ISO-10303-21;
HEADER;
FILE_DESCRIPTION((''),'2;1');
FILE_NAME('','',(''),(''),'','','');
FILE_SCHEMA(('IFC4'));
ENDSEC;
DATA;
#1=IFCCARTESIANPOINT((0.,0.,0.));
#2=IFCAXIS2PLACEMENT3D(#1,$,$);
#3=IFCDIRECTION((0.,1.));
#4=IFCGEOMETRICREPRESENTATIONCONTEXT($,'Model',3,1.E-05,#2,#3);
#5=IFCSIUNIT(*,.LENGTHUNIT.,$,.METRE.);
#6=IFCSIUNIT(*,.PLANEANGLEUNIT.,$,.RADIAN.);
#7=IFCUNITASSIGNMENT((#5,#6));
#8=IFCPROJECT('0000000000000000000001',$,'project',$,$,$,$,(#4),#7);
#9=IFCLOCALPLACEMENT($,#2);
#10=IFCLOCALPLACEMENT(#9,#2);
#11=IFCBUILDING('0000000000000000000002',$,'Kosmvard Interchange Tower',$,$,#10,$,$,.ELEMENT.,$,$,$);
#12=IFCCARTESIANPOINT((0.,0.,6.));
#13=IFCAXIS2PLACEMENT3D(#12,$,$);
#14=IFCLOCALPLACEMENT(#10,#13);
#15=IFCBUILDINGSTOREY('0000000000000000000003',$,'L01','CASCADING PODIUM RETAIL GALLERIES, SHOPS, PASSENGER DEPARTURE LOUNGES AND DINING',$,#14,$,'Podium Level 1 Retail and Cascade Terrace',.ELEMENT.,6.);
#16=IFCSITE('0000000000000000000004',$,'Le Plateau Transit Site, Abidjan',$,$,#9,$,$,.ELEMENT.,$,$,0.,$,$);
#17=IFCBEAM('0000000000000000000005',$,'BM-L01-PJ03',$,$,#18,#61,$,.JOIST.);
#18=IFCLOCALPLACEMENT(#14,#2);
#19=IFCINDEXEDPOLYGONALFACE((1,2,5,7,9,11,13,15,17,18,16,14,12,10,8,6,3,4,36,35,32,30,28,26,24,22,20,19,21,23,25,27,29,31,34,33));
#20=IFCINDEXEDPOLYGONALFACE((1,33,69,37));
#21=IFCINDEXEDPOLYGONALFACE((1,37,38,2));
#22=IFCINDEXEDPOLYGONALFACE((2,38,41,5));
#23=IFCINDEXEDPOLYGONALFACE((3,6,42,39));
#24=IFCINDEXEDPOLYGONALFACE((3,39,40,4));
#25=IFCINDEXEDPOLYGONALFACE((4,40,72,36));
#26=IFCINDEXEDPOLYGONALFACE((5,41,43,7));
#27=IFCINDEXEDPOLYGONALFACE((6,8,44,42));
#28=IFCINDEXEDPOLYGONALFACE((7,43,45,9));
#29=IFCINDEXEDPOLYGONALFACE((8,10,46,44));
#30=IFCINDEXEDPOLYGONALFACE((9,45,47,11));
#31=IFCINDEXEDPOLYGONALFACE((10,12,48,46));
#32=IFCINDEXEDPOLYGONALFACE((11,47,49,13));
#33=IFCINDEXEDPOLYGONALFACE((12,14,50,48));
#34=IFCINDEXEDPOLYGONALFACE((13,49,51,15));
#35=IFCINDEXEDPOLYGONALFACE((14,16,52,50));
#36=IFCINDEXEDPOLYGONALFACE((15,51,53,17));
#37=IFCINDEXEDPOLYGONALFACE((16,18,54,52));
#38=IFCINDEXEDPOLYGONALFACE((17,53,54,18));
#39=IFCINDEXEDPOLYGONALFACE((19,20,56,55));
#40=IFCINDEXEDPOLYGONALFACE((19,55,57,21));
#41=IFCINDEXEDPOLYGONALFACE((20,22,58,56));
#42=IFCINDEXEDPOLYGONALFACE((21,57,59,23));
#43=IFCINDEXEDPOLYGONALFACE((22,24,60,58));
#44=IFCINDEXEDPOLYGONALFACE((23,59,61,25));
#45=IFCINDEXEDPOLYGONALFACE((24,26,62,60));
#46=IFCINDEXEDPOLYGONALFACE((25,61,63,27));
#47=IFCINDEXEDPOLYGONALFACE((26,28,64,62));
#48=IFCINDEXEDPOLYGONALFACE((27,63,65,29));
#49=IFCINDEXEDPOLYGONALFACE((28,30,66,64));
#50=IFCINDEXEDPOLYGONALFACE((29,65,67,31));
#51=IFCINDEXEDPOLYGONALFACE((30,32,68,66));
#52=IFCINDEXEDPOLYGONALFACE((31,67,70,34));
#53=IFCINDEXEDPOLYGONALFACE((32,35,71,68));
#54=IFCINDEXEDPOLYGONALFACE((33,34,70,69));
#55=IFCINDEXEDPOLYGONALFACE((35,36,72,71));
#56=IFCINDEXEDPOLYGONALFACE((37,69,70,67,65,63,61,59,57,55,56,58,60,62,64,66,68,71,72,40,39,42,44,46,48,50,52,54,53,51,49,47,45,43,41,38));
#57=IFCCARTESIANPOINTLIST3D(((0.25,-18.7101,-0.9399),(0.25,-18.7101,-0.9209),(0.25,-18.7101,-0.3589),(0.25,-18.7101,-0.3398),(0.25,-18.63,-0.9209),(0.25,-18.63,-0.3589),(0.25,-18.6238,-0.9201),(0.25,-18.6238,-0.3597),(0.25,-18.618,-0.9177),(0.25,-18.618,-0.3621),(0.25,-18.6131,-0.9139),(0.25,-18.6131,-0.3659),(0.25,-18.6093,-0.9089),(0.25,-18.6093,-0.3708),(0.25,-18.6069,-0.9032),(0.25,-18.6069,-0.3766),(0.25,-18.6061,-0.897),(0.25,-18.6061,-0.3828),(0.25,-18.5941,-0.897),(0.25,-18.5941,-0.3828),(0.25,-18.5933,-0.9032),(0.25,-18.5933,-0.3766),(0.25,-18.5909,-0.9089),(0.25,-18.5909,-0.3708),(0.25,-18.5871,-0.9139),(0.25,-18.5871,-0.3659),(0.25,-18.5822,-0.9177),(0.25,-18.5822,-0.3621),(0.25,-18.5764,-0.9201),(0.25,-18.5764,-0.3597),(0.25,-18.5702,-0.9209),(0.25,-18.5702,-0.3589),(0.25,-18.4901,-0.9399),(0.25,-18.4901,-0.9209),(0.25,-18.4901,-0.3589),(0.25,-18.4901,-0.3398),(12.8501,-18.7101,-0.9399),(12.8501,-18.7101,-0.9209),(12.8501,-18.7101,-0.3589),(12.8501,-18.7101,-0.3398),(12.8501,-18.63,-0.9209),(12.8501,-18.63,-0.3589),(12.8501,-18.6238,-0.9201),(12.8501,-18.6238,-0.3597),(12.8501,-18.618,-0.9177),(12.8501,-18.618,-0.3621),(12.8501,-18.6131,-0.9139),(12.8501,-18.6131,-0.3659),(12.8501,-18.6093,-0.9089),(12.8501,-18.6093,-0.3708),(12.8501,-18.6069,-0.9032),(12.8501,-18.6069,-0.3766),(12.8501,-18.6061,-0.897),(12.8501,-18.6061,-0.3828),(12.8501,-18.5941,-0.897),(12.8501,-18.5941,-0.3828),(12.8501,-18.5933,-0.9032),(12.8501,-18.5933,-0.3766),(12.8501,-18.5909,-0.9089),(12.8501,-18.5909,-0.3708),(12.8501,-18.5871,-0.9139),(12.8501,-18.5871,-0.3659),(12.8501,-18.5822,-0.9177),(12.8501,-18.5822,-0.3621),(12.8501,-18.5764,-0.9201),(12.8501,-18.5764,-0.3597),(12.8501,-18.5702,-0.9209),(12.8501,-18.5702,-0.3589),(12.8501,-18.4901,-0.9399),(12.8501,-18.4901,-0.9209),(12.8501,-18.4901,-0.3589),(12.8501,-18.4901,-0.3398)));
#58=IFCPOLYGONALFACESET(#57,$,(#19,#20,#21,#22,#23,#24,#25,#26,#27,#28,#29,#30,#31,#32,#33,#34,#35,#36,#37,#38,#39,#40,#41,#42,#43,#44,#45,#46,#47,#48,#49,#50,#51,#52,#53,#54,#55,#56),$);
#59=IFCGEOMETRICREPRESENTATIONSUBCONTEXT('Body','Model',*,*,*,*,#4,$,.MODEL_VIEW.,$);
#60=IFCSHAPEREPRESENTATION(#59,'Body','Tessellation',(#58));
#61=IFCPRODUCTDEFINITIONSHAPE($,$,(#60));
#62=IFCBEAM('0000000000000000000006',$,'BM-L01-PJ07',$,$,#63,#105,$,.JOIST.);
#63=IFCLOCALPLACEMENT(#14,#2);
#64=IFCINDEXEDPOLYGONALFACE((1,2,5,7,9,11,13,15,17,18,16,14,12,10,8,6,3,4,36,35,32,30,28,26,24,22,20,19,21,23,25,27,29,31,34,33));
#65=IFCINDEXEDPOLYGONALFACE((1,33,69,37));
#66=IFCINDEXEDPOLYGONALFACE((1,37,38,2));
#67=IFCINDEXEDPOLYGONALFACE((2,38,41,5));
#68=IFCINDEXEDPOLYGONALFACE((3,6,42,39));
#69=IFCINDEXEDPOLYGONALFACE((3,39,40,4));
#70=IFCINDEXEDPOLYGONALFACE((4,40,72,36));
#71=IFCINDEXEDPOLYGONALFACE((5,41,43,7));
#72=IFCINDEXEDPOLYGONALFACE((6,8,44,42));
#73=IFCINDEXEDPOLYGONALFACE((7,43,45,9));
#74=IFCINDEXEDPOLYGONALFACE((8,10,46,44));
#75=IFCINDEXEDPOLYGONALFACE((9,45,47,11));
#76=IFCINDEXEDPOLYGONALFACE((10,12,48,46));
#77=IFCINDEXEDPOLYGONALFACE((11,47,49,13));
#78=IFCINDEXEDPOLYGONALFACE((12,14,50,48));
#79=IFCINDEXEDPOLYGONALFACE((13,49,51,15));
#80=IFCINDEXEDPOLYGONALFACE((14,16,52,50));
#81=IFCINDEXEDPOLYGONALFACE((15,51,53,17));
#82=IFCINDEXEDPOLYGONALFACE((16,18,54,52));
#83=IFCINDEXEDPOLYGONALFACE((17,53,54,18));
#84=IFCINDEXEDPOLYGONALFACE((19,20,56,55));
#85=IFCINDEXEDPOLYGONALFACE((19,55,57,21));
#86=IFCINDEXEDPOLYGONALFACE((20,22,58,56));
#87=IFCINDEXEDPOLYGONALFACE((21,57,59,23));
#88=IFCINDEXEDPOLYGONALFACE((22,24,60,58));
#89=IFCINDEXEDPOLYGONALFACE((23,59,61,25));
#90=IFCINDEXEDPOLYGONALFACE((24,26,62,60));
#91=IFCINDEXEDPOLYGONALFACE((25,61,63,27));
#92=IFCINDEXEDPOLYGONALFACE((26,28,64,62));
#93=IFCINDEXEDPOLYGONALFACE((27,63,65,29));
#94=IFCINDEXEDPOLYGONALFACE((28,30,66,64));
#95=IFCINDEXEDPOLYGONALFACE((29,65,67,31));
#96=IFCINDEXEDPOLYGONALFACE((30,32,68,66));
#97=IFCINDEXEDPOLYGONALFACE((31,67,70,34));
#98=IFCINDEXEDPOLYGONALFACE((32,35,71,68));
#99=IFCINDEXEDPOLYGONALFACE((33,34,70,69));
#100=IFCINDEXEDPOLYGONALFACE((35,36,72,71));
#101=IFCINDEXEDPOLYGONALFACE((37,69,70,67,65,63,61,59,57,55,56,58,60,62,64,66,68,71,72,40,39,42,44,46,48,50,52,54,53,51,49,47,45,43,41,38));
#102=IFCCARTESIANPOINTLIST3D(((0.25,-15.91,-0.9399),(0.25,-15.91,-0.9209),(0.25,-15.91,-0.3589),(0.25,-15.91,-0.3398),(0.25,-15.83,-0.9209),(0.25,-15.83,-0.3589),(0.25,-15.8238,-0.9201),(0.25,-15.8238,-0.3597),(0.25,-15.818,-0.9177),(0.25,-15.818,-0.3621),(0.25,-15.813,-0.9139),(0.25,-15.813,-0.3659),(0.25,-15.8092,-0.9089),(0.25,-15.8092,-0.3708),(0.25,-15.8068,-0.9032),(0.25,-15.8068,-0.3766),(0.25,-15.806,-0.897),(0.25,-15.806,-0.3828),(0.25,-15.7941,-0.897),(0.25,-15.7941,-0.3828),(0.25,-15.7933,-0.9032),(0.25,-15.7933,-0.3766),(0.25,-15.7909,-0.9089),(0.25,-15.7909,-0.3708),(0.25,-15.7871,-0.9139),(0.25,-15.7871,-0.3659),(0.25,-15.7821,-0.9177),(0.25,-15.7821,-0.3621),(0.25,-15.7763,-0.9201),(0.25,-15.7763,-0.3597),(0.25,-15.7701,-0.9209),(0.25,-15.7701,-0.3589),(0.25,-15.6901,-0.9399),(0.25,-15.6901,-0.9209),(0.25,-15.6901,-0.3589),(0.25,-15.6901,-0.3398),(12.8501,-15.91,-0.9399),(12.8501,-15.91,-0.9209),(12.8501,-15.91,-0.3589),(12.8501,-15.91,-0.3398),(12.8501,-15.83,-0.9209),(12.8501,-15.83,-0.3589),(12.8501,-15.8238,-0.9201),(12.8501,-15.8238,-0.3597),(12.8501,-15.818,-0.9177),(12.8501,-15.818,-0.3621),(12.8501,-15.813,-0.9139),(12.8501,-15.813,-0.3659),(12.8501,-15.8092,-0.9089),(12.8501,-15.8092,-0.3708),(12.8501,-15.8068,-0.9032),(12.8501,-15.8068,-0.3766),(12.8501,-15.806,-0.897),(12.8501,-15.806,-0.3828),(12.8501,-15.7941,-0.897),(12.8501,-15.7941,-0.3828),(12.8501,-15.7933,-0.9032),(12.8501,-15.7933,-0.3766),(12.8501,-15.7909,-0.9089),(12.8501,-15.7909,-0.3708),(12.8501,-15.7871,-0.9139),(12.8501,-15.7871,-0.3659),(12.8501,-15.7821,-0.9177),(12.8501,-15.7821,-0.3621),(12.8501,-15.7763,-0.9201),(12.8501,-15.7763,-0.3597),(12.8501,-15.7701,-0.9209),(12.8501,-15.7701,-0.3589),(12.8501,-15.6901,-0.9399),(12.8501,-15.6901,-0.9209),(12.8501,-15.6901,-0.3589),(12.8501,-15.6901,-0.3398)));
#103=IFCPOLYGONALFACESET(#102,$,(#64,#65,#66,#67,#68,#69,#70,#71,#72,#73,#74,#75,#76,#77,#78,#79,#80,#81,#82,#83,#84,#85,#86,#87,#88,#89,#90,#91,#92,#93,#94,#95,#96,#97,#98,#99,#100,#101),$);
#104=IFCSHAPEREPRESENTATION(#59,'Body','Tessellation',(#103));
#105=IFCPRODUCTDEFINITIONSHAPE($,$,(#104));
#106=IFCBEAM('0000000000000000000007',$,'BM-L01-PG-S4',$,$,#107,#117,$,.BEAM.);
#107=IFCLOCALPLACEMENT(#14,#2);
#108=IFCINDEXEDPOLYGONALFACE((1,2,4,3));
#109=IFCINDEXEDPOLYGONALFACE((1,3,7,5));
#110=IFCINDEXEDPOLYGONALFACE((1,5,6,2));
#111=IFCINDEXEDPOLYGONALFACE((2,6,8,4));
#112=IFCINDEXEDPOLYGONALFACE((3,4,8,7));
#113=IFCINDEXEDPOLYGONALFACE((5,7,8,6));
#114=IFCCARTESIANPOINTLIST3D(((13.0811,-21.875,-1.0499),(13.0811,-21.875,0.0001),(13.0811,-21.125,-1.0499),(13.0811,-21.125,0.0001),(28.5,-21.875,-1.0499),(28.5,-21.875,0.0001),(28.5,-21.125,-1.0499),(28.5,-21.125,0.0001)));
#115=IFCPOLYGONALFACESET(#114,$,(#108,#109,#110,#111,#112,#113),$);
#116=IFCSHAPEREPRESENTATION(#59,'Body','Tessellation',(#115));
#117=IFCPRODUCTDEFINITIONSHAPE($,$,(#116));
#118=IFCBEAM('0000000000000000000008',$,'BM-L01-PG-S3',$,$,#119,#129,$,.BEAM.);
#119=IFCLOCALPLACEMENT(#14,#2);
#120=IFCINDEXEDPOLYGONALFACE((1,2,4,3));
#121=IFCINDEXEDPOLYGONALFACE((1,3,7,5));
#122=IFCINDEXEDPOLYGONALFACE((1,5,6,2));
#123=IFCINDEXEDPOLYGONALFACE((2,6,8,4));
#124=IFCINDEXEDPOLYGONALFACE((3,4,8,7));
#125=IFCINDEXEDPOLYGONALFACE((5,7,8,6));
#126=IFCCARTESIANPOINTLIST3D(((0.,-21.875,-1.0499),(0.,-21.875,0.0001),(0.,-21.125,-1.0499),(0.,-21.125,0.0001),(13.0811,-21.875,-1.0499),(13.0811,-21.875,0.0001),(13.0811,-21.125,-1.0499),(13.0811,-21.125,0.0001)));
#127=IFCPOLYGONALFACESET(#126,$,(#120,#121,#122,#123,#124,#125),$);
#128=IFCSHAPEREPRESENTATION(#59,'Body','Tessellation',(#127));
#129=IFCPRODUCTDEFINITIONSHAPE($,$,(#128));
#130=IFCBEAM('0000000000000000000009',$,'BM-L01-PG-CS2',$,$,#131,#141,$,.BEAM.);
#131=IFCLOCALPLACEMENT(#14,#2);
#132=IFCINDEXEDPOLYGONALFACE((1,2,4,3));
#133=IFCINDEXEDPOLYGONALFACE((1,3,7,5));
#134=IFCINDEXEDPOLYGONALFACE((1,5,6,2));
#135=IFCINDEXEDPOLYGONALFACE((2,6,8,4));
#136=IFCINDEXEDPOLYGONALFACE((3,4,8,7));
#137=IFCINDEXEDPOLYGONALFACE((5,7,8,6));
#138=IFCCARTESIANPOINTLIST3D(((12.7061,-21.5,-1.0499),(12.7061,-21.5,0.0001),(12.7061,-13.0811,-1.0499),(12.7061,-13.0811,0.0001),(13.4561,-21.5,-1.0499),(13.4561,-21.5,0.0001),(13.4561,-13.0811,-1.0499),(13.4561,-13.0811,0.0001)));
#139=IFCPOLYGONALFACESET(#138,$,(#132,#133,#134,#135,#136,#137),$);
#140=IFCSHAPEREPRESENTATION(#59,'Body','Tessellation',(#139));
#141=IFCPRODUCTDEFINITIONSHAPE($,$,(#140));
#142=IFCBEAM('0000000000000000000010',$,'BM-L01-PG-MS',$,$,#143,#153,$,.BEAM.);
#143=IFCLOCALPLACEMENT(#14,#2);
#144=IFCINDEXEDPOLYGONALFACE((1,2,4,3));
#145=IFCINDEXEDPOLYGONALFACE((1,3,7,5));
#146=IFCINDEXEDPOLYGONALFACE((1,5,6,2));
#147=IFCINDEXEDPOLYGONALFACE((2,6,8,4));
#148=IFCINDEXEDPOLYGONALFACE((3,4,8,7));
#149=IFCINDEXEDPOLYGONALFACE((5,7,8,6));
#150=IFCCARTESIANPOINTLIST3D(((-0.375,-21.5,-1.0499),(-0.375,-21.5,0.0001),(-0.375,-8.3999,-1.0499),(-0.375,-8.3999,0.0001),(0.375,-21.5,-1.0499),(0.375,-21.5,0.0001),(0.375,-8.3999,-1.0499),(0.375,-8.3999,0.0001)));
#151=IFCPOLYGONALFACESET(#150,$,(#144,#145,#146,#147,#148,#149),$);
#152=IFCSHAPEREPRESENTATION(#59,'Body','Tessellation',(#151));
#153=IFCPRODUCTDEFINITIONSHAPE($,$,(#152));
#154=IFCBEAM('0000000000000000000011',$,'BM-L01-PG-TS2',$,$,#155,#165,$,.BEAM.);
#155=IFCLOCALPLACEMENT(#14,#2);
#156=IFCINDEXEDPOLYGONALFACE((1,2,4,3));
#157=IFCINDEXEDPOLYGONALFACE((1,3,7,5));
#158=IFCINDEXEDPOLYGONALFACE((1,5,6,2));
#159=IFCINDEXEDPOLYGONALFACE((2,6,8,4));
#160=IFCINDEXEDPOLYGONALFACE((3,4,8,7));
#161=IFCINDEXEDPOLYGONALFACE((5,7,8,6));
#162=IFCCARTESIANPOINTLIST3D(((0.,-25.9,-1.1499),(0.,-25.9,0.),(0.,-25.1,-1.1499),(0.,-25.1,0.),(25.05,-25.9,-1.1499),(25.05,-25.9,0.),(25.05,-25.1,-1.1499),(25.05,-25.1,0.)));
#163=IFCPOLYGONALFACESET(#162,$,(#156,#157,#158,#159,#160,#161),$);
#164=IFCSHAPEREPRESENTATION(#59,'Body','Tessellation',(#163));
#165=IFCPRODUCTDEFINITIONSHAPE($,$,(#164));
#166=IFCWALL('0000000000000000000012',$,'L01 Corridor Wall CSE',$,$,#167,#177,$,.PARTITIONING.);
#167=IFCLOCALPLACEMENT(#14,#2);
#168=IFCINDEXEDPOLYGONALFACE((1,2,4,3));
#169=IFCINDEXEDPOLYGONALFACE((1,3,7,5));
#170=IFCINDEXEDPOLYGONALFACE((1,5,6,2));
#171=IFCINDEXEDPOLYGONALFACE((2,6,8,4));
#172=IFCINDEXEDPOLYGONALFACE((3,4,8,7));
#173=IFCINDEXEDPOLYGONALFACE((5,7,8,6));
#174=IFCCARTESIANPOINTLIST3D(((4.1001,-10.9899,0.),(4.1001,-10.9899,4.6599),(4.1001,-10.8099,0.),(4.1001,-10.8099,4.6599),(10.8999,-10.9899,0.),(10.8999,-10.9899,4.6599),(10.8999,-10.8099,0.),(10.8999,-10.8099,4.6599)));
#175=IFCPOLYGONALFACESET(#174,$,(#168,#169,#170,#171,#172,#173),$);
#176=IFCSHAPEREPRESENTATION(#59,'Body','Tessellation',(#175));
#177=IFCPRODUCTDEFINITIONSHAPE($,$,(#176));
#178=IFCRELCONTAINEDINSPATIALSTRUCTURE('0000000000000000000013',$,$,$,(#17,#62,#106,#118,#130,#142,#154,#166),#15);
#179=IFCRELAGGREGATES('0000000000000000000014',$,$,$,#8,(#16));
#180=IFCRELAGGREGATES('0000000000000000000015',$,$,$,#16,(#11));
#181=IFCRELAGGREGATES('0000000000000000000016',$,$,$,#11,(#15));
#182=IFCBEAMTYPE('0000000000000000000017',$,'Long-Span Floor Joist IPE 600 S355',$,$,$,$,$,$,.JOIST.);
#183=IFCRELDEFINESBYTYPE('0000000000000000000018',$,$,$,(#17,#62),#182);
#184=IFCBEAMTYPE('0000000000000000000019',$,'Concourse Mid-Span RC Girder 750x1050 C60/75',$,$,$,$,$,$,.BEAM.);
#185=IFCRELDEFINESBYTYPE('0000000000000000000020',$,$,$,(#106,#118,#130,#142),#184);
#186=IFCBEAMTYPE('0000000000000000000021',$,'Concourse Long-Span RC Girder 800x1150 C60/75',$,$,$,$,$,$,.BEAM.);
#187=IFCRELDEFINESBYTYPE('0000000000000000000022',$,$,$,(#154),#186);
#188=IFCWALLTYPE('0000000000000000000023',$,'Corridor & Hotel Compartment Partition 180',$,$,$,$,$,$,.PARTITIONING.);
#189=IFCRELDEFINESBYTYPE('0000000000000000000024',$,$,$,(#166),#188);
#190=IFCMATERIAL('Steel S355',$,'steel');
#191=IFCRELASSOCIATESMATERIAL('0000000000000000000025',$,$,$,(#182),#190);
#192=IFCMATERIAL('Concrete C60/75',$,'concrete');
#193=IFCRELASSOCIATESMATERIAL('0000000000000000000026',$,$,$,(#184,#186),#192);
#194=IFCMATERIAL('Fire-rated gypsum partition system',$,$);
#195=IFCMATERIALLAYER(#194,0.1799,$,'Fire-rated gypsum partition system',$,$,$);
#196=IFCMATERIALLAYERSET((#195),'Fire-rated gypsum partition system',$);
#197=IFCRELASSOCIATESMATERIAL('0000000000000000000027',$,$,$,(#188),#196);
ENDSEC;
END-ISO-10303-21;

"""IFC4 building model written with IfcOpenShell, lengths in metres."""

from ifc_helpers import new_model, si_unit, direction, frame, frame_2d, origin, origin_2d, place, context, subcontext, project, spatial, rectangle, i_section, extrude, source, transform, mapped, material, layer, layer_set, material_profile, profile_set, type_object, element, save


model = new_model("IFC4")

# Units and contexts
model_context = context("Model", 3, precision=1e-05, world=origin(), true_north=direction((0.0, 1.0)))
body_context = subcontext(model_context, "Body", "Model", "MODEL_VIEW")
ifc_project = project(units=[si_unit("LENGTHUNIT", "METRE"), si_unit("PLANEANGLEUNIT", "RADIAN")], contexts=[model_context])

# Site, building, storey
site_placement = place(None, origin())
site = spatial("IfcSite", under=ifc_project, at=site_placement, Name="Le Plateau Transit Site, Abidjan", CompositionType="ELEMENT", RefElevation=0.0)
building_placement = place(site_placement, origin())
building = spatial("IfcBuilding", under=site, at=building_placement, Name="Kosmvard Interchange Tower", CompositionType="ELEMENT")
storey_placement = place(building_placement, frame((0.0, 0.0, 6.0)))
storey = spatial("IfcBuildingStorey", under=building, at=storey_placement, Name="L01", Description="CASCADING PODIUM RETAIL GALLERIES, SHOPS, PASSENGER DEPARTURE LOUNGES AND DINING", LongName="Podium Level 1 Retail and Cascade Terrace", CompositionType="ELEMENT", Elevation=6.0)

# Shared definitions
ifc_material_1 = material(Name="Concrete C60/75", Category="concrete")

# Beams
ifc_material_2 = material(Name="Steel S355", Category="steel")
ifc_material_profile_1 = material_profile(ifc_material_2, i_section(OverallWidth=0.22, OverallDepth=0.6001, WebThickness=0.012, FlangeThickness=0.019, FilletRadius=0.0239, at=origin_2d()), Name="IPE 600")
ifc_profile_set_1 = profile_set([ifc_material_profile_1], Name="Steel S355")
beam_type_1 = type_object("IfcBeamType", Name="Long-Span Floor Joist IPE 600 S355", PredefinedType="JOIST", material=ifc_profile_set_1)
shared_shape_1 = source(origin(), body_context, "Body", "SweptSolid", [
    extrude(i_section(OverallWidth=0.22, OverallDepth=0.6001, WebThickness=0.012, FlangeThickness=0.019, FilletRadius=0.0239, at=origin_2d()), origin(), (0.0, 0.0, 1.0), 12.6001),
])
for number, where, z_axis, x_axis, name in (
    (1, (0.25, -18.6001, -0.6399), (1.0, 0.0, 0.0), (0.0, 1.0, 0.0), "BM-L01-PJ03"),
    (2, (0.25, -15.8, -0.6399), (1.0, 0.0, 0.0), (0.0, 1.0, 0.0), "BM-L01-PJ07"),
):
    element("IfcBeam", number, at=place(storey_placement, frame(where, z_axis=z_axis, x_axis=x_axis)), inside=storey, type_object=beam_type_1, Name=name, PredefinedType="JOIST", context=body_context, shape_type="MappedRepresentation", body=[
        mapped(shared_shape_1, transform((0.0, 0.0, 0.0), scale=1.0)),
    ])
ifc_material_profile_2 = material_profile(ifc_material_1, rectangle(XDim=0.75, YDim=1.05, at=origin_2d()), Name="RCG 750x1050")
ifc_profile_set_2 = profile_set([ifc_material_profile_2], Name="Concrete C60/75")
beam_type_2 = type_object("IfcBeamType", Name="Concourse Mid-Span RC Girder 750x1050 C60/75", PredefinedType="BEAM", material=ifc_profile_set_2)
shared_shape_2 = source(origin(), body_context, "Body", "SweptSolid", [
    extrude(rectangle(XDim=0.75, YDim=1.05, at=origin_2d()), origin(), (0.0, 0.0, 1.0), 15.4189),
])
beam_1_placement = place(storey_placement, frame((13.0811, -21.5, -0.5249), z_axis=(1.0, 0.0, 0.0), x_axis=(0.0, 1.0, 0.0)))
element("IfcBeam", 3, at=beam_1_placement, inside=storey, type_object=beam_type_2, Name="BM-L01-PG-S4", PredefinedType="BEAM", context=body_context, shape_type="MappedRepresentation", body=[
    mapped(shared_shape_2, transform((0.0, 0.0, 0.0), scale=1.0)),
])
shared_shape_3 = source(origin(), body_context, "Body", "SweptSolid", [
    extrude(rectangle(XDim=0.75, YDim=1.05, at=origin_2d()), origin(), (0.0, 0.0, 1.0), 13.0811),
])
beam_2_placement = place(storey_placement, frame((0.0, -21.5, -0.5249), z_axis=(1.0, 0.0, 0.0), x_axis=(0.0, 1.0, 0.0)))
element("IfcBeam", 4, at=beam_2_placement, inside=storey, type_object=beam_type_2, Name="BM-L01-PG-S3", PredefinedType="BEAM", context=body_context, shape_type="MappedRepresentation", body=[
    mapped(shared_shape_3, transform((0.0, 0.0, 0.0), scale=1.0)),
])
shared_shape_4 = source(origin(), body_context, "Body", "SweptSolid", [
    extrude(rectangle(XDim=0.75, YDim=1.05, at=origin_2d()), origin(), (0.0, 0.0, 1.0), 8.4189),
])
beam_3_placement = place(storey_placement, frame((13.0811, -21.5, -0.5249), z_axis=(0.0, 1.0, 0.0), x_axis=(-1.0, 0.0, 0.0)))
element("IfcBeam", 5, at=beam_3_placement, inside=storey, type_object=beam_type_2, Name="BM-L01-PG-CS2", PredefinedType="BEAM", context=body_context, shape_type="MappedRepresentation", body=[
    mapped(shared_shape_4, transform((0.0, 0.0, 0.0), scale=1.0)),
])
shared_shape_5 = source(origin(), body_context, "Body", "SweptSolid", [
    extrude(rectangle(XDim=0.75, YDim=1.05, at=origin_2d()), origin(), (0.0, 0.0, 1.0), 13.1001),
])
beam_4_placement = place(storey_placement, frame((0.0, -21.5, -0.5249), z_axis=(0.0, 1.0, 0.0), x_axis=(-1.0, 0.0, 0.0)))
element("IfcBeam", 6, at=beam_4_placement, inside=storey, type_object=beam_type_2, Name="BM-L01-PG-MS", PredefinedType="BEAM", context=body_context, shape_type="MappedRepresentation", body=[
    mapped(shared_shape_5, transform((0.0, 0.0, 0.0), scale=1.0)),
])
ifc_material_profile_3 = material_profile(ifc_material_1, rectangle(XDim=0.8, YDim=1.1499, at=origin_2d()), Name="RCG 800x1150")
ifc_profile_set_3 = profile_set([ifc_material_profile_3], Name="Concrete C60/75")
beam_type_3 = type_object("IfcBeamType", Name="Concourse Long-Span RC Girder 800x1150 C60/75", PredefinedType="BEAM", material=ifc_profile_set_3)
shared_shape_6 = source(origin(), body_context, "Body", "SweptSolid", [
    extrude(rectangle(XDim=0.8, YDim=1.1499, at=origin_2d()), origin(), (0.0, 0.0, 1.0), 25.05),
])
beam_5_placement = place(storey_placement, frame((0.0, -25.5, -0.575), z_axis=(1.0, 0.0, 0.0), x_axis=(0.0, 1.0, 0.0)))
element("IfcBeam", 7, at=beam_5_placement, inside=storey, type_object=beam_type_3, Name="BM-L01-PG-TS2", PredefinedType="BEAM", context=body_context, shape_type="MappedRepresentation", body=[
    mapped(shared_shape_6, transform((0.0, 0.0, 0.0), scale=1.0)),
])

# Wall
ifc_material_3 = material(Name="Fire-rated gypsum partition system")
ifc_layer_1 = layer(ifc_material_3, 0.1799, Name="Fire-rated gypsum partition system")
ifc_layer_set_1 = layer_set([ifc_layer_1], Name="Fire-rated gypsum partition system")
wall_type = type_object("IfcWallType", Name="Corridor & Hotel Compartment Partition 180", PredefinedType="PARTITIONING", material=ifc_layer_set_1)
wall_1_placement = place(storey_placement, frame((4.1001, -10.8999, 0.0), z_axis=(0.0, 0.0, 1.0), x_axis=(1.0, 0.0, 0.0)))
element("IfcWall", 8, at=wall_1_placement, inside=storey, type_object=wall_type, Name="L01 Corridor Wall CSE", PredefinedType="PARTITIONING", context=body_context, shape_type="SweptSolid", body=[
    extrude(rectangle(XDim=6.7998, YDim=0.1799, at=frame_2d((3.3999, 0.0))), origin(), (0.0, 0.0, 1.0), 4.6599),
])

save(model, "model.ifc")
